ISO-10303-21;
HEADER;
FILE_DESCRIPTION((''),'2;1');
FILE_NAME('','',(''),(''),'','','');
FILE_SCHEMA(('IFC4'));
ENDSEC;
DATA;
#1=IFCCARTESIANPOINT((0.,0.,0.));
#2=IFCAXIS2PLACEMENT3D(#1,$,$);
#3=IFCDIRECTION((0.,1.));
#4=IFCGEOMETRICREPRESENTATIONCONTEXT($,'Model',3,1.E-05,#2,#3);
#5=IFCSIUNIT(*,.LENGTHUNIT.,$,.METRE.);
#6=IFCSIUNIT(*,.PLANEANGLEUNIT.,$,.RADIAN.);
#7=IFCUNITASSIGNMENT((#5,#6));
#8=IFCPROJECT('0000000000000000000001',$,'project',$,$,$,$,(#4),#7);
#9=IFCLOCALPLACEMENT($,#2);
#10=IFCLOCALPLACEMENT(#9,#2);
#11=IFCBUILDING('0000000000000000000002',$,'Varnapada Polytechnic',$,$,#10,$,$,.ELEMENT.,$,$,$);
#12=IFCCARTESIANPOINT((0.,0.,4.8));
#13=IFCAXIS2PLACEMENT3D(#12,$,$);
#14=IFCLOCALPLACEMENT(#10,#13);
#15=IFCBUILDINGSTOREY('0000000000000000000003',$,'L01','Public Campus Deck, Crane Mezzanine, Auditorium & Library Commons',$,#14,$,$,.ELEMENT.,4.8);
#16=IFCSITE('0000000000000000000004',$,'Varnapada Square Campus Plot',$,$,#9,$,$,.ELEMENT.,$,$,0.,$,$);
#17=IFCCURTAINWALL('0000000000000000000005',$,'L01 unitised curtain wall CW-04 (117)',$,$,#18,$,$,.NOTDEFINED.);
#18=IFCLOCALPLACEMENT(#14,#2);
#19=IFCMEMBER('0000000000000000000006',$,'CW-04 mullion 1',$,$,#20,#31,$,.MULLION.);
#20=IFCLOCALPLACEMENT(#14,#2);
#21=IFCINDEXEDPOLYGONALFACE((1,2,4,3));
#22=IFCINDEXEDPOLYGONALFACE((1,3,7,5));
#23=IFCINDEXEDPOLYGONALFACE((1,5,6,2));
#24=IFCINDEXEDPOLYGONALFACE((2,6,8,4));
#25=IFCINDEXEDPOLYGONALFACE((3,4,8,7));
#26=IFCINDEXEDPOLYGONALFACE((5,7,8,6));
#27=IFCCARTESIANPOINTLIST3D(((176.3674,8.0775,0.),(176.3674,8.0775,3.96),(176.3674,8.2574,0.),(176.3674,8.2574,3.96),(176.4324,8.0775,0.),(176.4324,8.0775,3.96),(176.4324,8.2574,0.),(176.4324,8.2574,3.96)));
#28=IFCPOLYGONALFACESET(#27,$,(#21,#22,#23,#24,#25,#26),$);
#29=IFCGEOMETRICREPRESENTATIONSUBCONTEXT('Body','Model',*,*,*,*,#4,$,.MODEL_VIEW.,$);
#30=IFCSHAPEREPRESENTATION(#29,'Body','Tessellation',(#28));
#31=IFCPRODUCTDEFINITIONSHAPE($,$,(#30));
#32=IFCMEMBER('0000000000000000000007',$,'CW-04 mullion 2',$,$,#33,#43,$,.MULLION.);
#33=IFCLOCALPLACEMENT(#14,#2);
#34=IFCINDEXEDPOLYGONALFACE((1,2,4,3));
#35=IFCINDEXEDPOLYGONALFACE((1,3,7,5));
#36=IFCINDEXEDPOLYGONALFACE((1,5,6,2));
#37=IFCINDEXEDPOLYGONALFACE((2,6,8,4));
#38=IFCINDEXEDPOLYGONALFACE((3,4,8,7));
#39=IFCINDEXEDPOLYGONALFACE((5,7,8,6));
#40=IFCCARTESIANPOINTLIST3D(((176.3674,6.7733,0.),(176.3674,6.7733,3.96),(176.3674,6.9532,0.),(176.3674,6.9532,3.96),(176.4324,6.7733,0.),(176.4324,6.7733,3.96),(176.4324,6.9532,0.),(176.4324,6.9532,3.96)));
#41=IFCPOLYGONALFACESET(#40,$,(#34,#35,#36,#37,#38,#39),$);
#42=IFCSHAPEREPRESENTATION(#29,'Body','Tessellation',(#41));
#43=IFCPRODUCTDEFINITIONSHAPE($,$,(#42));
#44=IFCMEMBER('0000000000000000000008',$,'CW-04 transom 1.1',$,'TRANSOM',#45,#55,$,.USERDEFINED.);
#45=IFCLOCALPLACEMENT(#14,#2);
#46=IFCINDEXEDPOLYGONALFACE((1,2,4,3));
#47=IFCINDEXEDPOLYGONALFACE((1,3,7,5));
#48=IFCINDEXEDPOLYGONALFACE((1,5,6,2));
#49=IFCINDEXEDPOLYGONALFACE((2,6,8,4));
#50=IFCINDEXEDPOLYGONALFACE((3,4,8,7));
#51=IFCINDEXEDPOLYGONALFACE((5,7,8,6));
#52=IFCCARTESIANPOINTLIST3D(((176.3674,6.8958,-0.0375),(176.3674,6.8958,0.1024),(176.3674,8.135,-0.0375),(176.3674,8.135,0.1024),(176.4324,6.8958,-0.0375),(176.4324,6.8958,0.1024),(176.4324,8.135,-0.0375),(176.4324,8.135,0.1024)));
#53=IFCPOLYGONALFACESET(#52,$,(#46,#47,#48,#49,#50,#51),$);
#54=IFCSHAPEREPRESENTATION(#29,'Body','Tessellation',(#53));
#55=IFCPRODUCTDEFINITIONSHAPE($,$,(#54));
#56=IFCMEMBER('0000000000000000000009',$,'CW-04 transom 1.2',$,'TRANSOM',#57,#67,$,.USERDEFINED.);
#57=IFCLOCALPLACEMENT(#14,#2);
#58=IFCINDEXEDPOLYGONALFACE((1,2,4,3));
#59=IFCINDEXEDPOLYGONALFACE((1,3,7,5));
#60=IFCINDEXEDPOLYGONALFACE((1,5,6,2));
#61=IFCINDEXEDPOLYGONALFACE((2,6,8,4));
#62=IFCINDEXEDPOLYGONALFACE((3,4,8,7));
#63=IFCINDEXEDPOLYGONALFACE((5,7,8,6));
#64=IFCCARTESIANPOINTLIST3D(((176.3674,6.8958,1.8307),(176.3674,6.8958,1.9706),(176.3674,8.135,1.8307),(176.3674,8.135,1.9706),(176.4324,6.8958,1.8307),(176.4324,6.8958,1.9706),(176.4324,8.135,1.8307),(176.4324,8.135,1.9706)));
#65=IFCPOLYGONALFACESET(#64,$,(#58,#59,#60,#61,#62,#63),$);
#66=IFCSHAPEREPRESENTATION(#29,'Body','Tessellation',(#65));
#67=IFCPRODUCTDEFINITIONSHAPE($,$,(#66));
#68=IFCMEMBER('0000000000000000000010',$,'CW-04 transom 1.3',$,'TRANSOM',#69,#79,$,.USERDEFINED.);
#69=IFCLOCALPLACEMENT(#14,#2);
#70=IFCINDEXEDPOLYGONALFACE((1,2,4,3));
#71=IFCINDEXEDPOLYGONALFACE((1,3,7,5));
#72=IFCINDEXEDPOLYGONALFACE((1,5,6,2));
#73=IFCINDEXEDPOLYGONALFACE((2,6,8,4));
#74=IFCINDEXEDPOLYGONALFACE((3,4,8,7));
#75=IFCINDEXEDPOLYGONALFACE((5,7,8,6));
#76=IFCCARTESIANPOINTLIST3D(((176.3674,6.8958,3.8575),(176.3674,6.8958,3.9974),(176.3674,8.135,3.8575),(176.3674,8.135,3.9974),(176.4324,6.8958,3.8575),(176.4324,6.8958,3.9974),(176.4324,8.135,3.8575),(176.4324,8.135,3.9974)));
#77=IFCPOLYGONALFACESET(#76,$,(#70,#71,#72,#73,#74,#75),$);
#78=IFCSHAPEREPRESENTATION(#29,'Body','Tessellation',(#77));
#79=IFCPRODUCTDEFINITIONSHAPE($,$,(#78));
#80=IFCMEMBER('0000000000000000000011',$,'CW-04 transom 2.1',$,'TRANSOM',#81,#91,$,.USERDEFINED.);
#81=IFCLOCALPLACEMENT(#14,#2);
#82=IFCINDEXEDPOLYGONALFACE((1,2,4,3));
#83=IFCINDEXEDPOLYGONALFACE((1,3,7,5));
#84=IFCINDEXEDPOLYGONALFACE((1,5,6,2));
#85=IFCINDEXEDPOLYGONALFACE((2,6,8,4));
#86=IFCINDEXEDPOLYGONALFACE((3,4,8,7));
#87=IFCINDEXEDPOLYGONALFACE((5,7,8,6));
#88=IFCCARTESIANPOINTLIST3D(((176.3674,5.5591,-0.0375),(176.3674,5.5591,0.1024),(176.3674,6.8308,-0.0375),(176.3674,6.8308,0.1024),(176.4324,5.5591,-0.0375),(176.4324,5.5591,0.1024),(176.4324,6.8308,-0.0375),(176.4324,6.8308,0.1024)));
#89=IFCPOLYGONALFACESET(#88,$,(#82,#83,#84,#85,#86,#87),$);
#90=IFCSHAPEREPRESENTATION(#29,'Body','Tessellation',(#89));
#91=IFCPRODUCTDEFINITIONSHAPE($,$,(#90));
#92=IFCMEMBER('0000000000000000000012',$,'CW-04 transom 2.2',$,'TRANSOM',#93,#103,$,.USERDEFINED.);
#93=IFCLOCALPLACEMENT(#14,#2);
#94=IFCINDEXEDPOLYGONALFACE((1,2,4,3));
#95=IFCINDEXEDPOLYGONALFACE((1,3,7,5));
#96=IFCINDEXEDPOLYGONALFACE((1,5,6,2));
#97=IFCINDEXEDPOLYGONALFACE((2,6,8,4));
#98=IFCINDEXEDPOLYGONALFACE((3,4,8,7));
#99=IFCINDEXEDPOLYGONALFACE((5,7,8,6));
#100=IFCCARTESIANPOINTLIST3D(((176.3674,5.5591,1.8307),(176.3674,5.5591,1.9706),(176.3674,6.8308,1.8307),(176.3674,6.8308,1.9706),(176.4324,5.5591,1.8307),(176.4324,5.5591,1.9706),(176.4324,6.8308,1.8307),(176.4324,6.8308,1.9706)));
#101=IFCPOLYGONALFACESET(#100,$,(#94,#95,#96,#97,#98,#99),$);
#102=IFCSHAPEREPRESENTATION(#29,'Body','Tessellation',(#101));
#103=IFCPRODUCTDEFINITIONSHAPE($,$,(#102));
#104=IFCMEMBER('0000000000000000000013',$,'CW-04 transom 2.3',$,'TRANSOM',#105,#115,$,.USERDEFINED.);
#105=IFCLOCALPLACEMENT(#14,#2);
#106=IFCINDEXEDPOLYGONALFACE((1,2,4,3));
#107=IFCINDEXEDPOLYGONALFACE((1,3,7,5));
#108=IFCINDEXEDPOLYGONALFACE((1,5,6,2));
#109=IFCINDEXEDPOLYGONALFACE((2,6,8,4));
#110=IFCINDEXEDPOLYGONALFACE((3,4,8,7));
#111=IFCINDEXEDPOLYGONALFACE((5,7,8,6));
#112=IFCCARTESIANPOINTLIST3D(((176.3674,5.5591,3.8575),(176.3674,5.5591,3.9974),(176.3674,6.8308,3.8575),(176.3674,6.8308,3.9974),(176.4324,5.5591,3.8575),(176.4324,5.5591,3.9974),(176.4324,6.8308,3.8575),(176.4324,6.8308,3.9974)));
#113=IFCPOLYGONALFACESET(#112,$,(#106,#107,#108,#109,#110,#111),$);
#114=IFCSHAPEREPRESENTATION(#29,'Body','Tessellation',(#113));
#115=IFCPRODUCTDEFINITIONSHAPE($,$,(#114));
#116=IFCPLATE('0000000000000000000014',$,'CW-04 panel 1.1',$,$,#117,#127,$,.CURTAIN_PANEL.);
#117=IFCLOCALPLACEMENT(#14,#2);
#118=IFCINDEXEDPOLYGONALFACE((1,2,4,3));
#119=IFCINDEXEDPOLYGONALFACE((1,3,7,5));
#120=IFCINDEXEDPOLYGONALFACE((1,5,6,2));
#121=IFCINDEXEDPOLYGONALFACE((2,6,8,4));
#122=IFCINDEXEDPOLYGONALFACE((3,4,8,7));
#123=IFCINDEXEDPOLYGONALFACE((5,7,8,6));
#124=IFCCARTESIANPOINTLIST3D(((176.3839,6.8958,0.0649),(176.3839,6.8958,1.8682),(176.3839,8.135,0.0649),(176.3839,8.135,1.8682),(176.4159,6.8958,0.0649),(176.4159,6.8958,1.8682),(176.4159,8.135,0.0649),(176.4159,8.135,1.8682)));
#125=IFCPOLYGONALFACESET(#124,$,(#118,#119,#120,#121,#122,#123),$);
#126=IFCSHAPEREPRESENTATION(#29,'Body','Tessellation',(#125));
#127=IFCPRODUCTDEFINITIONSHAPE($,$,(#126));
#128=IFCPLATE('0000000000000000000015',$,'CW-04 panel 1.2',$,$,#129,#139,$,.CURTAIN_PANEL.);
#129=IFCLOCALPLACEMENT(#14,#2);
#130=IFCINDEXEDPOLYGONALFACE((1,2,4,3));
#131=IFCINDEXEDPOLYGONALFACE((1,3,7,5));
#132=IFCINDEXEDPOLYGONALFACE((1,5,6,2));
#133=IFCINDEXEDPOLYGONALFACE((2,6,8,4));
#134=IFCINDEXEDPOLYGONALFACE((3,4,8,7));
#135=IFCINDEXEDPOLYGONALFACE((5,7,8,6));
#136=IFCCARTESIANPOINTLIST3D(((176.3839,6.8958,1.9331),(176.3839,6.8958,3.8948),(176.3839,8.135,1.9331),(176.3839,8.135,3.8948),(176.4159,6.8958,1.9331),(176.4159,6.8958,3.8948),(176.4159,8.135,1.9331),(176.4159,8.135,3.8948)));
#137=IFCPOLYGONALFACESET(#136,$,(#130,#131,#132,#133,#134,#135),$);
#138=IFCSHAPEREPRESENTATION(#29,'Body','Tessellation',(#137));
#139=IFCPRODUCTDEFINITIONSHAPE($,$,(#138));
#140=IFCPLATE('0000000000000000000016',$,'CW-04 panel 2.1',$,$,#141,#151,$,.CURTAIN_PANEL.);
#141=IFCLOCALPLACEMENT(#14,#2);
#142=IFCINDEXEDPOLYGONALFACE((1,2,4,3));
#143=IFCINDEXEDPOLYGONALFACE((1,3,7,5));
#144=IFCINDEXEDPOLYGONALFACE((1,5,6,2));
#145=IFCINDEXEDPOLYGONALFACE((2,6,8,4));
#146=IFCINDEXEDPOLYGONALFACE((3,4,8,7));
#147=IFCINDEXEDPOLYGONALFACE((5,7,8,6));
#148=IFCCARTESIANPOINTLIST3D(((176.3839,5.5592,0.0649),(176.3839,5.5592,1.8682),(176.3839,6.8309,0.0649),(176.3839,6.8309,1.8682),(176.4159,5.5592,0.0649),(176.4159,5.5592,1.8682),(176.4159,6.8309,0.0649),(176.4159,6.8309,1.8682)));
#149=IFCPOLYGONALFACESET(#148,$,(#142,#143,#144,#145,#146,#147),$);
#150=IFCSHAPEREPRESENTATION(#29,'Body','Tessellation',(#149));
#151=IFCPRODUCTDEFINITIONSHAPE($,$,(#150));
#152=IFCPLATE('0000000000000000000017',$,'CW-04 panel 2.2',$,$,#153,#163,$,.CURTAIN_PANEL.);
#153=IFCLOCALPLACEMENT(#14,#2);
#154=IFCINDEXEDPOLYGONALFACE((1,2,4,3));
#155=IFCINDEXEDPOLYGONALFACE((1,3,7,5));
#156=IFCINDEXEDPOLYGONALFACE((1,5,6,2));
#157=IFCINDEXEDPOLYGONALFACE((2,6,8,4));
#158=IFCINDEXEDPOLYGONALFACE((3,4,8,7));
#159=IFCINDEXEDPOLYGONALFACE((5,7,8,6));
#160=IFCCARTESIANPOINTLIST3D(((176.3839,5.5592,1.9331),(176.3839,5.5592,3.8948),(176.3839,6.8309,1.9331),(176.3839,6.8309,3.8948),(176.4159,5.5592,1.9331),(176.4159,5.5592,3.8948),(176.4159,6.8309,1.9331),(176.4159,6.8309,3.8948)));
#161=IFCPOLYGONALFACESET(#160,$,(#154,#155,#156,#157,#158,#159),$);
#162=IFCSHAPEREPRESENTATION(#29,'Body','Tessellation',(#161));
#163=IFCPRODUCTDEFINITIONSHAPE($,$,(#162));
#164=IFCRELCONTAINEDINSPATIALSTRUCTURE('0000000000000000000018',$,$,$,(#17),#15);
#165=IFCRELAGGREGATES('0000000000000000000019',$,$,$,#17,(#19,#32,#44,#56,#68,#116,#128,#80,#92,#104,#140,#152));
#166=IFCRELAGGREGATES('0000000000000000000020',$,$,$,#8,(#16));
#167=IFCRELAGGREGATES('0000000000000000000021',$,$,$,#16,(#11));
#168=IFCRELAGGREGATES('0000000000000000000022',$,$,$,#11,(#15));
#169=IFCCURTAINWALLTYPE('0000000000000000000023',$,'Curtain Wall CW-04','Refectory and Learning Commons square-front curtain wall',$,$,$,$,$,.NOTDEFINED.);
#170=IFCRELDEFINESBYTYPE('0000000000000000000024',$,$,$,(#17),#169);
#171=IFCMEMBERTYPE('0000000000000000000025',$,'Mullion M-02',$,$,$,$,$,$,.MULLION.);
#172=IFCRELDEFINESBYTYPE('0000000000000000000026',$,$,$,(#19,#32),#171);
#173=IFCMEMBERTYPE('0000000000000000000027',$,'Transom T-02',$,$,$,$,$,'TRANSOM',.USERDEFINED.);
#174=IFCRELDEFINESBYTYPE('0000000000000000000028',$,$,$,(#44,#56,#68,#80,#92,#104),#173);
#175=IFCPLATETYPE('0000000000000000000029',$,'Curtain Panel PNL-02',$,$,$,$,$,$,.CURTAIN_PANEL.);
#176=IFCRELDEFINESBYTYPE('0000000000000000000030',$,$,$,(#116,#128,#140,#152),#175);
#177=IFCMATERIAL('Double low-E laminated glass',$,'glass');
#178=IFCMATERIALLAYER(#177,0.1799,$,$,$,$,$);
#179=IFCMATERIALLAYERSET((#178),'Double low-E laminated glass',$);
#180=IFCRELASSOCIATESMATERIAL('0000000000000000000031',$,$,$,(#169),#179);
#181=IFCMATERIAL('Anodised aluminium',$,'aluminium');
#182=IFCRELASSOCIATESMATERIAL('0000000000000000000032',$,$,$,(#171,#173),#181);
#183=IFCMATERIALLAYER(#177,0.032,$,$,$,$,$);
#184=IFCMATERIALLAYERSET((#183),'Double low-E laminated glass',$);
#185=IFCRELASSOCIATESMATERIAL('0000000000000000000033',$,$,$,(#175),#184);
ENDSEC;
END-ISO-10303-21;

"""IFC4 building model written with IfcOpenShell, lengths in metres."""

from ifc_helpers import new_model, si_unit, direction, frame, origin, origin_2d, place, context, subcontext, project, spatial, rectangle, extrude, material, layer, layer_set, material_profile, profile_set, type_object, element, aggregate, save


model = new_model("IFC4")

# Units and contexts
model_context = context("Model", 3, precision=1e-05, world=origin(), true_north=direction((0.0, 1.0)))
body_context = subcontext(model_context, "Body", "Model", "MODEL_VIEW")
ifc_project = project(units=[si_unit("LENGTHUNIT", "METRE"), si_unit("PLANEANGLEUNIT", "RADIAN")], contexts=[model_context])

# Site, building, storey
site_placement = place(None, origin())
site = spatial("IfcSite", under=ifc_project, at=site_placement, Name="Varnapada Square Campus Plot", CompositionType="ELEMENT", RefElevation=0.0)
building_placement = place(site_placement, origin())
building = spatial("IfcBuilding", under=site, at=building_placement, Name="Varnapada Polytechnic", CompositionType="ELEMENT")
storey_placement = place(building_placement, frame((0.0, 0.0, 4.8)))
storey = spatial("IfcBuildingStorey", under=building, at=storey_placement, Name="L01", Description="Public Campus Deck, Crane Mezzanine, Auditorium & Library Commons", CompositionType="ELEMENT", Elevation=4.8)

# Curtain wall, members, plates
ifc_material_1 = material(Name="Double low-E laminated glass", Category="glass")
ifc_layer_1 = layer(ifc_material_1, 0.1799)
ifc_layer_set_1 = layer_set([ifc_layer_1], Name="Double low-E laminated glass")
curtain_wall_type = type_object("IfcCurtainWallType", Name="Curtain Wall CW-04", Description="Refectory and Learning Commons square-front curtain wall", PredefinedType="NOTDEFINED", material=ifc_layer_set_1)
curtain_wall_placement = place(storey_placement, origin())
curtain_wall = element("IfcCurtainWall", 1, at=curtain_wall_placement, inside=storey, type_object=curtain_wall_type, Name="L01 unitised curtain wall CW-04 (117)", PredefinedType="NOTDEFINED")
ifc_material_2 = material(Name="Anodised aluminium", Category="aluminium")
ifc_material_profile_1 = material_profile(ifc_material_2, rectangle(XDim=0.0649, YDim=0.1799, at=origin_2d()), Name="ALU M65x180")
ifc_profile_set_1 = profile_set([ifc_material_profile_1], Name="Anodised aluminium")
member_type_1 = type_object("IfcMemberType", Name="Mullion M-02", PredefinedType="MULLION", material=ifc_profile_set_1)
member_1_placement = place(storey_placement, frame((176.3999, 8.1675, 0.0), z_axis=(0.0, 0.0, 1.0), x_axis=(1.0, 0.0, 0.0)))
member_1 = element("IfcMember", 2, at=member_1_placement, type_object=member_type_1, Name="CW-04 mullion 1", PredefinedType="MULLION", context=body_context, shape_type="SweptSolid", body=[
    extrude(rectangle(XDim=0.0649, YDim=0.1799, at=origin_2d()), origin(), (0.0, 0.0, 1.0), 3.96),
])
member_2_placement = place(storey_placement, frame((176.3999, 6.8633, 0.0), z_axis=(0.0, 0.0, 1.0), x_axis=(1.0, 0.0, 0.0)))
member_2 = element("IfcMember", 3, at=member_2_placement, type_object=member_type_1, Name="CW-04 mullion 2", PredefinedType="MULLION", context=body_context, shape_type="SweptSolid", body=[
    extrude(rectangle(XDim=0.0649, YDim=0.1799, at=origin_2d()), origin(), (0.0, 0.0, 1.0), 3.96),
])
ifc_material_profile_2 = material_profile(ifc_material_2, rectangle(XDim=0.0649, YDim=0.1399, at=origin_2d()), Name="ALU T65x140")
ifc_profile_set_2 = profile_set([ifc_material_profile_2], Name="Anodised aluminium")
member_type_2 = type_object("IfcMemberType", Name="Transom T-02", ElementType="TRANSOM", PredefinedType="USERDEFINED", material=ifc_profile_set_2)
member_3_placement = place(storey_placement, frame((176.3999, 8.135, 0.0325), z_axis=(0.0, -1.0, 0.0), x_axis=(1.0, 0.0, 0.0)))
member_3 = element("IfcMember", 4, at=member_3_placement, type_object=member_type_2, Name="CW-04 transom 1.1", ObjectType="TRANSOM", PredefinedType="USERDEFINED", context=body_context, shape_type="SweptSolid", body=[
    extrude(rectangle(XDim=0.0649, YDim=0.1399, at=origin_2d()), origin(), (0.0, 0.0, 1.0), 1.2393),
])
member_4_placement = place(storey_placement, frame((176.3999, 8.135, 1.9006), z_axis=(0.0, -1.0, 0.0), x_axis=(1.0, 0.0, 0.0)))
member_4 = element("IfcMember", 5, at=member_4_placement, type_object=member_type_2, Name="CW-04 transom 1.2", ObjectType="TRANSOM", PredefinedType="USERDEFINED", context=body_context, shape_type="SweptSolid", body=[
    extrude(rectangle(XDim=0.0649, YDim=0.1399, at=origin_2d()), origin(), (0.0, 0.0, 1.0), 1.2393),
])
member_5_placement = place(storey_placement, frame((176.3999, 8.135, 3.9275), z_axis=(0.0, -1.0, 0.0), x_axis=(1.0, 0.0, 0.0)))
member_5 = element("IfcMember", 6, at=member_5_placement, type_object=member_type_2, Name="CW-04 transom 1.3", ObjectType="TRANSOM", PredefinedType="USERDEFINED", context=body_context, shape_type="SweptSolid", body=[
    extrude(rectangle(XDim=0.0649, YDim=0.1399, at=origin_2d()), origin(), (0.0, 0.0, 1.0), 1.2393),
])
member_6_placement = place(storey_placement, frame((176.3999, 6.8308, 0.0325), z_axis=(0.0, -1.0, 0.0), x_axis=(1.0, 0.0, 0.0)))
member_6 = element("IfcMember", 7, at=member_6_placement, type_object=member_type_2, Name="CW-04 transom 2.1", ObjectType="TRANSOM", PredefinedType="USERDEFINED", context=body_context, shape_type="SweptSolid", body=[
    extrude(rectangle(XDim=0.0649, YDim=0.1399, at=origin_2d()), origin(), (0.0, 0.0, 1.0), 1.2717),
])
member_7_placement = place(storey_placement, frame((176.3999, 6.8308, 1.9006), z_axis=(0.0, -1.0, 0.0), x_axis=(1.0, 0.0, 0.0)))
member_7 = element("IfcMember", 8, at=member_7_placement, type_object=member_type_2, Name="CW-04 transom 2.2", ObjectType="TRANSOM", PredefinedType="USERDEFINED", context=body_context, shape_type="SweptSolid", body=[
    extrude(rectangle(XDim=0.0649, YDim=0.1399, at=origin_2d()), origin(), (0.0, 0.0, 1.0), 1.2717),
])
member_8_placement = place(storey_placement, frame((176.3999, 6.8308, 3.9275), z_axis=(0.0, -1.0, 0.0), x_axis=(1.0, 0.0, 0.0)))
member_8 = element("IfcMember", 9, at=member_8_placement, type_object=member_type_2, Name="CW-04 transom 2.3", ObjectType="TRANSOM", PredefinedType="USERDEFINED", context=body_context, shape_type="SweptSolid", body=[
    extrude(rectangle(XDim=0.0649, YDim=0.1399, at=origin_2d()), origin(), (0.0, 0.0, 1.0), 1.2717),
])
ifc_layer_2 = layer(ifc_material_1, 0.032)
ifc_layer_set_2 = layer_set([ifc_layer_2], Name="Double low-E laminated glass")
plate_type = type_object("IfcPlateType", Name="Curtain Panel PNL-02", PredefinedType="CURTAIN_PANEL", material=ifc_layer_set_2)
plate_1_placement = place(storey_placement, frame((176.3999, 7.5154, 0.0649), z_axis=(0.0, 0.0, 1.0), x_axis=(0.0, -1.0, 0.0)))
plate_1 = element("IfcPlate", 10, at=plate_1_placement, type_object=plate_type, Name="CW-04 panel 1.1", PredefinedType="CURTAIN_PANEL", context=body_context, shape_type="SweptSolid", body=[
    extrude(rectangle(XDim=1.2393, YDim=0.032, at=origin_2d()), origin(), (0.0, 0.0, 1.0), 1.8032),
])
plate_2_placement = place(storey_placement, frame((176.3999, 7.5154, 1.9331), z_axis=(0.0, 0.0, 1.0), x_axis=(0.0, -1.0, 0.0)))
plate_2 = element("IfcPlate", 11, at=plate_2_placement, type_object=plate_type, Name="CW-04 panel 1.2", PredefinedType="CURTAIN_PANEL", context=body_context, shape_type="SweptSolid", body=[
    extrude(rectangle(XDim=1.2393, YDim=0.032, at=origin_2d()), origin(), (0.0, 0.0, 1.0), 1.9617),
])
plate_3_placement = place(storey_placement, frame((176.3999, 6.1951, 0.0649), z_axis=(0.0, 0.0, 1.0), x_axis=(0.0, -1.0, 0.0)))
plate_3 = element("IfcPlate", 12, at=plate_3_placement, type_object=plate_type, Name="CW-04 panel 2.1", PredefinedType="CURTAIN_PANEL", context=body_context, shape_type="SweptSolid", body=[
    extrude(rectangle(XDim=1.2717, YDim=0.032, at=origin_2d()), origin(), (0.0, 0.0, 1.0), 1.8032),
])
plate_4_placement = place(storey_placement, frame((176.3999, 6.1951, 1.9331), z_axis=(0.0, 0.0, 1.0), x_axis=(0.0, -1.0, 0.0)))
plate_4 = element("IfcPlate", 13, at=plate_4_placement, type_object=plate_type, Name="CW-04 panel 2.2", PredefinedType="CURTAIN_PANEL", context=body_context, shape_type="SweptSolid", body=[
    extrude(rectangle(XDim=1.2717, YDim=0.032, at=origin_2d()), origin(), (0.0, 0.0, 1.0), 1.9617),
])
aggregate(curtain_wall, [member_1, member_2, member_3, member_4, member_5, plate_1, plate_2, member_6, member_7, member_8, plate_3, plate_4])

save(model, "model.ifc")
